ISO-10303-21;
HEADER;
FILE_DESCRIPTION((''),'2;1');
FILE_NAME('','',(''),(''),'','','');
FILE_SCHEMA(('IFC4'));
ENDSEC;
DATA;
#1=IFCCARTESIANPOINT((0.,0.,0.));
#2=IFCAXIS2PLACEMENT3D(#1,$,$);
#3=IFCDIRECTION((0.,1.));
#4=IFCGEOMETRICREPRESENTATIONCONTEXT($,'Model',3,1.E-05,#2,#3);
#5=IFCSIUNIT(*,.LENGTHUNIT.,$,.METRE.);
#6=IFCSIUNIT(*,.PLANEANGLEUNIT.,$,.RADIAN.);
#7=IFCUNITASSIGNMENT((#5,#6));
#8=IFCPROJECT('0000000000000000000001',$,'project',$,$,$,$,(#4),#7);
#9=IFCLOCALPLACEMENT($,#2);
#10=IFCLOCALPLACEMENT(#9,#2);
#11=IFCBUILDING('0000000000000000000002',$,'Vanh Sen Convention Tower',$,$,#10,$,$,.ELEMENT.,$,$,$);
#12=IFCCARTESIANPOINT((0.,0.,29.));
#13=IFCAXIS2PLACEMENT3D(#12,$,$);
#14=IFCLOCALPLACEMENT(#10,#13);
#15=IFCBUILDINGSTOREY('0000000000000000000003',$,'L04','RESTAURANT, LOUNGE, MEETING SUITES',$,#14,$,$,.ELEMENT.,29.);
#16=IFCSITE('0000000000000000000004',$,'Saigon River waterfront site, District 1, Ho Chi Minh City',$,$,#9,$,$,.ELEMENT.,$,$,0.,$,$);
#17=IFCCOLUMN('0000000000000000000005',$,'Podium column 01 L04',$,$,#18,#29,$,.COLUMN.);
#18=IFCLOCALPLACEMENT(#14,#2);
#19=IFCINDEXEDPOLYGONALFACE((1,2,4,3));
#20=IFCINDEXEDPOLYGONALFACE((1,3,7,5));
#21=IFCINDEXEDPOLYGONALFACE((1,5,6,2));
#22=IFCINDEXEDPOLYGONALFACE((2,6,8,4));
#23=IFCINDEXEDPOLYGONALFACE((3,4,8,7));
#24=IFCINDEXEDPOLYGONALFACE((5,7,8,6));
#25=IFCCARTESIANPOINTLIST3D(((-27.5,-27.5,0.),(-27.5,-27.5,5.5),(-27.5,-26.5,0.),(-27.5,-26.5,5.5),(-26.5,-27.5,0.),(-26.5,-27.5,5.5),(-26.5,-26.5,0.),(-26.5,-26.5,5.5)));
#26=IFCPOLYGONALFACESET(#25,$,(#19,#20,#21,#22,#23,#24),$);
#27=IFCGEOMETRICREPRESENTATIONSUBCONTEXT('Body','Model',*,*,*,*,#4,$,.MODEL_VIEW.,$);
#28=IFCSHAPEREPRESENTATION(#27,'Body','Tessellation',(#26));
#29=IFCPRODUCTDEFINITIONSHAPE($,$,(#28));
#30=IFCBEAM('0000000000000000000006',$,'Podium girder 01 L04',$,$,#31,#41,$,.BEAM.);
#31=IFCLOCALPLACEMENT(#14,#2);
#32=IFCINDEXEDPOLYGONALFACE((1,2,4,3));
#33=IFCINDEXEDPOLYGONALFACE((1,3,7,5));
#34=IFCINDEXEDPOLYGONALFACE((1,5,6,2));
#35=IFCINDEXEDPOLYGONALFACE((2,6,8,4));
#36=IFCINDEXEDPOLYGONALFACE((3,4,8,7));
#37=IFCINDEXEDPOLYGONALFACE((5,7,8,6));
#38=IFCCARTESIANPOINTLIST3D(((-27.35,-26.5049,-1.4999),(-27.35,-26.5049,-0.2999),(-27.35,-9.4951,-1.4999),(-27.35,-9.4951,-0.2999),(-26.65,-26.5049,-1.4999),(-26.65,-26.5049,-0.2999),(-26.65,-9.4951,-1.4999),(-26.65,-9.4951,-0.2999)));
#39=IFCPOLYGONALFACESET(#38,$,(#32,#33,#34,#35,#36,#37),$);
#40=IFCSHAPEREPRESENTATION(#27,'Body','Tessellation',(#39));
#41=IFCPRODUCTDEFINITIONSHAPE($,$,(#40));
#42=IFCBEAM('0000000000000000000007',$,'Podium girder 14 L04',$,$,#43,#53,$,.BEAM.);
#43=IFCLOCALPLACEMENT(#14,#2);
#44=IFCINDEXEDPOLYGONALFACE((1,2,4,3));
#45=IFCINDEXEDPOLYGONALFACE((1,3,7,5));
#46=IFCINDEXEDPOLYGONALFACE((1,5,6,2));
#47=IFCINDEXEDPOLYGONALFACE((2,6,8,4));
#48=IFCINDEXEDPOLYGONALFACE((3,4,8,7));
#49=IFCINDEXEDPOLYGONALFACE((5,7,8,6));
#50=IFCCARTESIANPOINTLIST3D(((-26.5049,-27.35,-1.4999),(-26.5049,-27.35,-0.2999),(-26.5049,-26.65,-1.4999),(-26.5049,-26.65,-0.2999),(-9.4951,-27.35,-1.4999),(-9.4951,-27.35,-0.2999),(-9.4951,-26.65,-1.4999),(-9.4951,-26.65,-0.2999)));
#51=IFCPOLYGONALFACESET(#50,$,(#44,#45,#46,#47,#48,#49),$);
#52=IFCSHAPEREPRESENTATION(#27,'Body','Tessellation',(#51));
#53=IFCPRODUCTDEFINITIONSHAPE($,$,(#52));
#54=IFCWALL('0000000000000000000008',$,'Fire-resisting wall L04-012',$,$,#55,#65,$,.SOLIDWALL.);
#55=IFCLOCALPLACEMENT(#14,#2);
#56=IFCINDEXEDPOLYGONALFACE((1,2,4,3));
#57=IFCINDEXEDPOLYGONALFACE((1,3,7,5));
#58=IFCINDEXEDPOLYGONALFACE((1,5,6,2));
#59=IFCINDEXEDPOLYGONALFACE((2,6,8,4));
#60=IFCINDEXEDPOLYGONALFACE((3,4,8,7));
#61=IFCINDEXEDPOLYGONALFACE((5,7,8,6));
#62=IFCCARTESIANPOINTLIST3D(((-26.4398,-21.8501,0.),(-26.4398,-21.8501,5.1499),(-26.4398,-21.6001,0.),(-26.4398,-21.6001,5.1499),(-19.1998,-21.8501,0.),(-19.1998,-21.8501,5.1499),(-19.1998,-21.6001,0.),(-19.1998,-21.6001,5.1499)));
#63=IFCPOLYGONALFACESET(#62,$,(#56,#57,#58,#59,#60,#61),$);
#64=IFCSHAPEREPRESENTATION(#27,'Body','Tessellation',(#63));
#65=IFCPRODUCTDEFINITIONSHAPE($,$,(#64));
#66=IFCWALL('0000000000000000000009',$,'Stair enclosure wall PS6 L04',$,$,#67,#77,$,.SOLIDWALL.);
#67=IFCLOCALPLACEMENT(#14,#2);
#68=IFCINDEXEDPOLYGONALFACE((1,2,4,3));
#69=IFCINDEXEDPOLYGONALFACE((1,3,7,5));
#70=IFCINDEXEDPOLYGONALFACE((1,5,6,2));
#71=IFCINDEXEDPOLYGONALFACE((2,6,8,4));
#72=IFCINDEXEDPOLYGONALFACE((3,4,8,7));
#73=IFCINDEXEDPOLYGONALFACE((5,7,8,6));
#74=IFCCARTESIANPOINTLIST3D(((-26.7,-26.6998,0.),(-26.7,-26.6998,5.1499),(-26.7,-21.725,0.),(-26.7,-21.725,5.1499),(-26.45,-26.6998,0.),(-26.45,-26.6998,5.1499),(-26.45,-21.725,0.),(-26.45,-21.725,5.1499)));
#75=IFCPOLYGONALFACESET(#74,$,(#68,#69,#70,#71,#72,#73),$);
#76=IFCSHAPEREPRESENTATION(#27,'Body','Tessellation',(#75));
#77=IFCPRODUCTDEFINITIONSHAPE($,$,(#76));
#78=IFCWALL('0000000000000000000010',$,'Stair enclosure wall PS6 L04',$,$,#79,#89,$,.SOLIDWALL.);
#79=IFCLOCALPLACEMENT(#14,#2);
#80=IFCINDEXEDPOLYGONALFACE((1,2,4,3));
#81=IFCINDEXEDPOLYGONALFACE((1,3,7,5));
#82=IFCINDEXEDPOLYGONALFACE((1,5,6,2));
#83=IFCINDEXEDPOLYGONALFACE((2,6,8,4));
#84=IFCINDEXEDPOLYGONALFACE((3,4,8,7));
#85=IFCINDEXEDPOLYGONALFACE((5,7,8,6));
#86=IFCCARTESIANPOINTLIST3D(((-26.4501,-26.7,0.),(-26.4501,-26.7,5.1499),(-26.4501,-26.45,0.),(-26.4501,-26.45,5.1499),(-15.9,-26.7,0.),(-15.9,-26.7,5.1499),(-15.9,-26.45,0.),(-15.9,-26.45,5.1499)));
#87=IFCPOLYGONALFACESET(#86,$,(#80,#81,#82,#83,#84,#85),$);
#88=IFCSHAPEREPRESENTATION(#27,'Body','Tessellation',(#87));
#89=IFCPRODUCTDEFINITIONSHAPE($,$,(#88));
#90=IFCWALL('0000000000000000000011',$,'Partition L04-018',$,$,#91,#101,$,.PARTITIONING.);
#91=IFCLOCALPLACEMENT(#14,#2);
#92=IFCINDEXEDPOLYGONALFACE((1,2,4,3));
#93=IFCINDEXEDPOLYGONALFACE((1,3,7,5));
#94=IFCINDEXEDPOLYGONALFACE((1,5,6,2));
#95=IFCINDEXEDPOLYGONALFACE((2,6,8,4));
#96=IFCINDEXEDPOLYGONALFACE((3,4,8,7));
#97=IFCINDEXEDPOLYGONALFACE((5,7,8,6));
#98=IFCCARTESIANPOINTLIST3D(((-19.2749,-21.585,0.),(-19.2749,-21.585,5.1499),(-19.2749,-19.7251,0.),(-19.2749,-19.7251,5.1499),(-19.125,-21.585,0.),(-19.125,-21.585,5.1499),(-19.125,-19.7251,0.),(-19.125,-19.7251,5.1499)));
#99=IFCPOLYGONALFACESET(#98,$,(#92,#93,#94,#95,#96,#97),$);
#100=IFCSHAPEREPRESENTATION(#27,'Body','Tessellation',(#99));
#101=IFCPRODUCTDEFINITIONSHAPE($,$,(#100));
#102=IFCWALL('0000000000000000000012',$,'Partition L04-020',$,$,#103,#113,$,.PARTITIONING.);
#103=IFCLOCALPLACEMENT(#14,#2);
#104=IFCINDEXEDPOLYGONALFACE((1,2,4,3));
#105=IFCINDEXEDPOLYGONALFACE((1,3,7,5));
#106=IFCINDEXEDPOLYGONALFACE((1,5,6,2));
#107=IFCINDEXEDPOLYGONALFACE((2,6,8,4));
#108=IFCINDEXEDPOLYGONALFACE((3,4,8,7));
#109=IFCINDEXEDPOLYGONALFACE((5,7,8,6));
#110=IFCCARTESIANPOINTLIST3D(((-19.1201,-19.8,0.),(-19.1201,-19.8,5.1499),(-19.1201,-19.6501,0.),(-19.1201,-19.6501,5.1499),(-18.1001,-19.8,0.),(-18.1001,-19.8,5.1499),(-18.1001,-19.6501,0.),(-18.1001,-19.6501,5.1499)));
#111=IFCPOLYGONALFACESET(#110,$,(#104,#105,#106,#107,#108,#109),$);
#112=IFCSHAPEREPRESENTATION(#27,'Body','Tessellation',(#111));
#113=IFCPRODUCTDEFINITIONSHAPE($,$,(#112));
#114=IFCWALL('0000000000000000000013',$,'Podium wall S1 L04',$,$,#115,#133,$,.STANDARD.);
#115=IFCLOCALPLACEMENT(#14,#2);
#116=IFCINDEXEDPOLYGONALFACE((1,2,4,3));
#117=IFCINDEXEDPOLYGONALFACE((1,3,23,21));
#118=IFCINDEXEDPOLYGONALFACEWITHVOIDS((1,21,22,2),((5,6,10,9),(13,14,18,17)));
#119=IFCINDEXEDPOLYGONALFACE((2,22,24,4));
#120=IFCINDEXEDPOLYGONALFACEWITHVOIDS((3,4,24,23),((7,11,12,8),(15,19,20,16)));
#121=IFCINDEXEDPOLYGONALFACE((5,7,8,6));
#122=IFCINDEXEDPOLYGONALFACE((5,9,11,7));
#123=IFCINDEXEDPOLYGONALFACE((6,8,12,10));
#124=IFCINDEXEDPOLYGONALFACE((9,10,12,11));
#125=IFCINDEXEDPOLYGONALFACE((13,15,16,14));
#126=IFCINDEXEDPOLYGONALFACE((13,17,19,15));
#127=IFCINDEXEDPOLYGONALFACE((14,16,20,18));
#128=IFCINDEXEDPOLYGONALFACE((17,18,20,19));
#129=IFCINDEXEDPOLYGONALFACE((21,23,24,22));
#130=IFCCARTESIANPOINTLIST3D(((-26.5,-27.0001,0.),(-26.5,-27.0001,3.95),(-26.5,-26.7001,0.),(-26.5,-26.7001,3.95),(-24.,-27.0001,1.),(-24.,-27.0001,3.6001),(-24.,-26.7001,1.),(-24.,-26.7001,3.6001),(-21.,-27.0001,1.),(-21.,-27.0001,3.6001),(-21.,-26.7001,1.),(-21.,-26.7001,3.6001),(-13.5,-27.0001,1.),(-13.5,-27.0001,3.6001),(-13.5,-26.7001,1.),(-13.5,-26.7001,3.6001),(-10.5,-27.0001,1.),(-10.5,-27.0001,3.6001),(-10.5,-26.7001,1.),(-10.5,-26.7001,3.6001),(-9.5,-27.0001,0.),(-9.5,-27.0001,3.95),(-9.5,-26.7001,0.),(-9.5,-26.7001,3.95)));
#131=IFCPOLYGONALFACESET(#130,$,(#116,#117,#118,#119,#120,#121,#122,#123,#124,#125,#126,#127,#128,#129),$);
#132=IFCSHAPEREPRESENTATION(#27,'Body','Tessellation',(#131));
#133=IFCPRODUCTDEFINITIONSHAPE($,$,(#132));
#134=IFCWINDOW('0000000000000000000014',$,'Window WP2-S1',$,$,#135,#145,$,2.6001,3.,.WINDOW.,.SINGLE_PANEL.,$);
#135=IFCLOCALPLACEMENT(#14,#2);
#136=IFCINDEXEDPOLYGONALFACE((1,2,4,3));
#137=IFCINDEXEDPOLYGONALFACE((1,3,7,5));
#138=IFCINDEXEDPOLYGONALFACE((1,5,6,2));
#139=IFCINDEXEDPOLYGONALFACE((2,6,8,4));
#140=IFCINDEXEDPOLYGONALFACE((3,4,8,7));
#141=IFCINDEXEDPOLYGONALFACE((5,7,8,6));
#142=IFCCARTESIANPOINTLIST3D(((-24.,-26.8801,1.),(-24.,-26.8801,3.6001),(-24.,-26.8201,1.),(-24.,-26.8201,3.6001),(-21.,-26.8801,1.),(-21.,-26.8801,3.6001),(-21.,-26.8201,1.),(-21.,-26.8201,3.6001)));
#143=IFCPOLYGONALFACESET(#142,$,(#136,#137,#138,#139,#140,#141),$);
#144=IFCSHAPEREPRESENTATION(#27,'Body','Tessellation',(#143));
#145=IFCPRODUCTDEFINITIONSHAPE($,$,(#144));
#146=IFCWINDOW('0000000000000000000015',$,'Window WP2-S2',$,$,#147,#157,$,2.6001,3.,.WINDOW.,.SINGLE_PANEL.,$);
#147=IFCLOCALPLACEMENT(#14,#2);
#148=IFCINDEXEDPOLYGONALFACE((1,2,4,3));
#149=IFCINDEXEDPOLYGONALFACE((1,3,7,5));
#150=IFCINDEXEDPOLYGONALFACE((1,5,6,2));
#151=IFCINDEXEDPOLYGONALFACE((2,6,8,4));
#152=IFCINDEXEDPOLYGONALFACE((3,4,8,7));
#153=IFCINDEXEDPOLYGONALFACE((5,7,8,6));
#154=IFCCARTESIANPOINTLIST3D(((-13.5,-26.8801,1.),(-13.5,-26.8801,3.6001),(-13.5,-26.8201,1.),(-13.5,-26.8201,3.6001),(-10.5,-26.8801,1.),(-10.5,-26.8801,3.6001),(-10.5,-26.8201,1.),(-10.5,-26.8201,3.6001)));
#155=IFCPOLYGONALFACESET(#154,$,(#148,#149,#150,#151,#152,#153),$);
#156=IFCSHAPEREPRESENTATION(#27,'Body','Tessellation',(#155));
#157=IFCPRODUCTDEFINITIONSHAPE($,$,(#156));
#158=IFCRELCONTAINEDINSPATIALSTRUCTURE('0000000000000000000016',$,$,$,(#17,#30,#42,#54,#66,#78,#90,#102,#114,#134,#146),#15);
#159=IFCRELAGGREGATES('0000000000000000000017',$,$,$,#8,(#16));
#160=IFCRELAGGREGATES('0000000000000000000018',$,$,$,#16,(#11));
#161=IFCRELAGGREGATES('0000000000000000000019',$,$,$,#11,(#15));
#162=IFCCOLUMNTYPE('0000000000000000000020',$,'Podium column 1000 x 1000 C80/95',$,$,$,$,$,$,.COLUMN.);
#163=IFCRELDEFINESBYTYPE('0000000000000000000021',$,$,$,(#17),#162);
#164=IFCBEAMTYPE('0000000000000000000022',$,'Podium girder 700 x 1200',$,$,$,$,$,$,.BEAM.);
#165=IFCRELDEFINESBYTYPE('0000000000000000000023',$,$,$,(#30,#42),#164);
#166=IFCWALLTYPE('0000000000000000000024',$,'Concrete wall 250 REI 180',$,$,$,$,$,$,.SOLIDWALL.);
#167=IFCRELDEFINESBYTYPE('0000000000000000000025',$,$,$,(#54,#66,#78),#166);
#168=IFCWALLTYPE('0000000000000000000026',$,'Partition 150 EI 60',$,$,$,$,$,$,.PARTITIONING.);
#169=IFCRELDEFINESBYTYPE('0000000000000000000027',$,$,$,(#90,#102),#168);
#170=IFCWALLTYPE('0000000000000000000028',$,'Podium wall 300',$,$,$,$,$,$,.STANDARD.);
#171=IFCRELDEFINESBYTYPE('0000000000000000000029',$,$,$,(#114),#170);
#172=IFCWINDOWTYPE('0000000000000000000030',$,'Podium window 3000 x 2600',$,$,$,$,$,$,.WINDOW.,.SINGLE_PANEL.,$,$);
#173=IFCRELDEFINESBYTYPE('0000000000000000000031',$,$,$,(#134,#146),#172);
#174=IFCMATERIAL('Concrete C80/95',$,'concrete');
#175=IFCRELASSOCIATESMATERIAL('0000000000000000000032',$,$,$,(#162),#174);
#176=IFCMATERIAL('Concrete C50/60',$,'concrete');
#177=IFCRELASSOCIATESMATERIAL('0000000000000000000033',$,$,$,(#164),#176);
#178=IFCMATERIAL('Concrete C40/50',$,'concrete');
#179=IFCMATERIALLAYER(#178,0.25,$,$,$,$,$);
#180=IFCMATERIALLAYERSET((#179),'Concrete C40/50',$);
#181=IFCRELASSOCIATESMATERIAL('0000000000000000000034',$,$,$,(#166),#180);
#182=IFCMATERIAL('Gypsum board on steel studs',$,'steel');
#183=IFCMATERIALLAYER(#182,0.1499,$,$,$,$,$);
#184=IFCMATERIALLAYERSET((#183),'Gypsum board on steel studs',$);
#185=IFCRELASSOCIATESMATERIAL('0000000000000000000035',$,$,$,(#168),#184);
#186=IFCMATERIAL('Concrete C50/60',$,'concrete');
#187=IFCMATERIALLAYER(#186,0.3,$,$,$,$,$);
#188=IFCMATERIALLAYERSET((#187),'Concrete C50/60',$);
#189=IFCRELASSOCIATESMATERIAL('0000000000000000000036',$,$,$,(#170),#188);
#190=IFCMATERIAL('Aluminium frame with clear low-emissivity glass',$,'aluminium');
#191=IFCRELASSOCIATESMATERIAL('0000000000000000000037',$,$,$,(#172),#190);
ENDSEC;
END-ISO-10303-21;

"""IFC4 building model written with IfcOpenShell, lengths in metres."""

from ifc_helpers import new_model, si_unit, direction, frame, frame_2d, origin, origin_2d, place, context, subcontext, project, spatial, rectangle, extrude, material, layer, layer_set, material_profile, profile_set, type_object, element, fill, save


model = new_model("IFC4")

# Units and contexts
model_context = context("Model", 3, precision=1e-05, world=origin(), true_north=direction((0.0, 1.0)))
body_context = subcontext(model_context, "Body", "Model", "MODEL_VIEW")
ifc_project = project(units=[si_unit("LENGTHUNIT", "METRE"), si_unit("PLANEANGLEUNIT", "RADIAN")], contexts=[model_context])

# Site, building, storey
site_placement = place(None, origin())
site = spatial("IfcSite", under=ifc_project, at=site_placement, Name="Saigon River waterfront site, District 1, Ho Chi Minh City", CompositionType="ELEMENT", RefElevation=0.0)
building_placement = place(site_placement, origin())
building = spatial("IfcBuilding", under=site, at=building_placement, Name="Vanh Sen Convention Tower", CompositionType="ELEMENT")
storey_placement = place(building_placement, frame((0.0, 0.0, 29.0)))
storey = spatial("IfcBuildingStorey", under=building, at=storey_placement, Name="L04", Description="RESTAURANT, LOUNGE, MEETING SUITES", CompositionType="ELEMENT", Elevation=29.0)

# Column
ifc_material_1 = material(Name="Concrete C80/95", Category="concrete")
ifc_material_profile_1 = material_profile(ifc_material_1, rectangle(XDim=1.0, YDim=1.0, at=origin_2d()), Name="RC 1000X1000")
ifc_profile_set_1 = profile_set([ifc_material_profile_1], Name="Concrete C80/95")
column_type = type_object("IfcColumnType", Name="Podium column 1000 x 1000 C80/95", PredefinedType="COLUMN", material=ifc_profile_set_1)
column_placement = place(storey_placement, frame((-27.0, -27.0, 0.0), z_axis=(0.0, 0.0, 1.0), x_axis=(1.0, 0.0, 0.0)))
element("IfcColumn", 1, at=column_placement, inside=storey, type_object=column_type, Name="Podium column 01 L04", PredefinedType="COLUMN", context=body_context, shape_type="SweptSolid", body=[
    extrude(rectangle(XDim=1.0, YDim=1.0, at=origin_2d()), origin(), (0.0, 0.0, 1.0), 5.5),
])

# Beams
ifc_material_2 = material(Name="Concrete C50/60", Category="concrete")
ifc_material_profile_2 = material_profile(ifc_material_2, rectangle(XDim=0.7, YDim=1.2, at=origin_2d()), Name="RC 700X1200")
ifc_profile_set_2 = profile_set([ifc_material_profile_2], Name="Concrete C50/60")
beam_type = type_object("IfcBeamType", Name="Podium girder 700 x 1200", PredefinedType="BEAM", material=ifc_profile_set_2)
for number, where, z_axis, x_axis, name in (
    (2, (-27.0, -26.5049, -0.8999), (0.0, 1.0, 0.0), (-1.0, 0.0, 0.0), "Podium girder 01 L04"),
    (3, (-26.5049, -27.0, -0.8999), (1.0, 0.0, 0.0), (0.0, 1.0, 0.0), "Podium girder 14 L04"),
):
    element("IfcBeam", number, at=place(storey_placement, frame(where, z_axis=z_axis, x_axis=x_axis)), inside=storey, type_object=beam_type, Name=name, PredefinedType="BEAM", context=body_context, shape_type="SweptSolid", body=[
        extrude(rectangle(XDim=0.7, YDim=1.2, at=origin_2d()), origin(), (0.0, 0.0, 1.0), 17.0098),
    ])

# Wall
ifc_material_3 = material(Name="Concrete C40/50", Category="concrete")
ifc_layer_1 = layer(ifc_material_3, 0.25)
ifc_layer_set_1 = layer_set([ifc_layer_1], Name="Concrete C40/50")
wall_type_1 = type_object("IfcWallType", Name="Concrete wall 250 REI 180", PredefinedType="SOLIDWALL", material=ifc_layer_set_1)
wall_1_placement = place(storey_placement, frame((-26.4399, -21.7251, 0.0), z_axis=(0.0, 0.0, 1.0), x_axis=(1.0, 0.0, 0.0)))
element("IfcWall", 4, at=wall_1_placement, inside=storey, type_object=wall_type_1, Name="Fire-resisting wall L04-012", PredefinedType="SOLIDWALL", context=body_context, shape_type="SweptSolid", body=[
    extrude(rectangle(XDim=7.24, YDim=0.25, at=frame_2d((3.6201, 0.0))), origin(), (0.0, 0.0, 1.0), 5.1499),
])

# Walls
wall_2_placement = place(storey_placement, frame((-26.575, -21.7251, 0.0), z_axis=(0.0, 0.0, 1.0), x_axis=(0.0, -1.0, 0.0)))
element("IfcWall", 5, at=wall_2_placement, inside=storey, type_object=wall_type_1, Name="Stair enclosure wall PS6 L04", PredefinedType="SOLIDWALL", context=body_context, shape_type="SweptSolid", body=[
    extrude(rectangle(XDim=4.9749, YDim=0.25, at=frame_2d((2.4873, 0.0))), origin(), (0.0, 0.0, 1.0), 5.1499),
])
wall_3_placement = place(storey_placement, frame((-26.45, -26.575, 0.0), z_axis=(0.0, 0.0, 1.0), x_axis=(1.0, 0.0, 0.0)))
element("IfcWall", 6, at=wall_3_placement, inside=storey, type_object=wall_type_1, Name="Stair enclosure wall PS6 L04", PredefinedType="SOLIDWALL", context=body_context, shape_type="SweptSolid", body=[
    extrude(rectangle(XDim=10.55, YDim=0.25, at=frame_2d((5.2749, 0.0))), origin(), (0.0, 0.0, 1.0), 5.1499),
])
ifc_material_4 = material(Name="Gypsum board on steel studs", Category="steel")
ifc_layer_2 = layer(ifc_material_4, 0.1499)
ifc_layer_set_2 = layer_set([ifc_layer_2], Name="Gypsum board on steel studs")
wall_type_2 = type_object("IfcWallType", Name="Partition 150 EI 60", PredefinedType="PARTITIONING", material=ifc_layer_set_2)
wall_4_placement = place(storey_placement, frame((-19.2, -21.585, 0.0), z_axis=(0.0, 0.0, 1.0), x_axis=(0.0, 1.0, 0.0)))
element("IfcWall", 7, at=wall_4_placement, inside=storey, type_object=wall_type_2, Name="Partition L04-018", PredefinedType="PARTITIONING", context=body_context, shape_type="SweptSolid", body=[
    extrude(rectangle(XDim=1.8599, YDim=0.1499, at=frame_2d((0.9299, 0.0))), origin(), (0.0, 0.0, 1.0), 5.1499),
])
wall_5_placement = place(storey_placement, frame((-19.1201, -19.7251, 0.0), z_axis=(0.0, 0.0, 1.0), x_axis=(1.0, 0.0, 0.0)))
element("IfcWall", 8, at=wall_5_placement, inside=storey, type_object=wall_type_2, Name="Partition L04-020", PredefinedType="PARTITIONING", context=body_context, shape_type="SweptSolid", body=[
    extrude(rectangle(XDim=1.02, YDim=0.1499, at=frame_2d((0.51, 0.0))), origin(), (0.0, 0.0, 1.0), 5.1499),
])

# Wall, openings, windows
ifc_material_5 = material(Name="Concrete C50/60", Category="concrete")
ifc_layer_3 = layer(ifc_material_5, 0.3)
ifc_layer_set_3 = layer_set([ifc_layer_3], Name="Concrete C50/60")
wall_type_3 = type_object("IfcWallType", Name="Podium wall 300", PredefinedType="STANDARD", material=ifc_layer_set_3)
wall_6_placement = place(storey_placement, frame((-26.5, -26.8501, 0.0), z_axis=(0.0, 0.0, 1.0), x_axis=(1.0, 0.0, 0.0)))
wall_6 = element("IfcWall", 9, at=wall_6_placement, inside=storey, type_object=wall_type_3, Name="Podium wall S1 L04", PredefinedType="STANDARD", context=body_context, shape_type="SweptSolid", body=[
    extrude(rectangle(XDim=17.0, YDim=0.3, at=frame_2d((8.5, 0.0))), origin(), (0.0, 0.0, 1.0), 3.95),
])
opening_1_placement = place(wall_6_placement, frame((2.5, 0.0, 1.0)))
opening_1 = element("IfcOpeningElement", 10, at=opening_1_placement, cuts=wall_6, PredefinedType="OPENING", context=body_context, shape_type="SweptSolid", body=[
    extrude(rectangle(XDim=3.0, YDim=2.6001, at=frame_2d((1.5, 1.3))), frame((0.0, 0.1599, 0.0), z_axis=(0.0, -1.0, 0.0), x_axis=(1.0, 0.0, 0.0)), (0.0, 0.0, 1.0), 0.3201),
])
opening_2_placement = place(wall_6_placement, frame((13.0, 0.0, 1.0)))
opening_2 = element("IfcOpeningElement", 11, at=opening_2_placement, cuts=wall_6, PredefinedType="OPENING", context=body_context, shape_type="SweptSolid", body=[
    extrude(rectangle(XDim=3.0, YDim=2.6001, at=frame_2d((1.5, 1.3))), frame((0.0, 0.1599, 0.0), z_axis=(0.0, -1.0, 0.0), x_axis=(1.0, 0.0, 0.0)), (0.0, 0.0, 1.0), 0.3201),
])
ifc_material_6 = material(Name="Aluminium frame with clear low-emissivity glass", Category="aluminium")
window_type = type_object("IfcWindowType", Name="Podium window 3000 x 2600", PartitioningType="SINGLE_PANEL", PredefinedType="WINDOW", material=ifc_material_6)
window_1_placement = place(opening_1_placement, origin())
window_1 = element("IfcWindow", 12, at=window_1_placement, inside=storey, type_object=window_type, Name="Window WP2-S1", OverallHeight=2.6001, OverallWidth=3.0, PartitioningType="SINGLE_PANEL", PredefinedType="WINDOW", context=body_context, shape_type="SweptSolid", body=[
    extrude(rectangle(XDim=3.0, YDim=2.6001, at=frame_2d((1.5, 1.3))), frame((0.0, 0.03, 0.0), z_axis=(0.0, -1.0, 0.0), x_axis=(1.0, 0.0, 0.0)), (0.0, 0.0, 1.0), 0.0601),
])
fill(opening_1, window_1)
window_2_placement = place(opening_2_placement, origin())
window_2 = element("IfcWindow", 13, at=window_2_placement, inside=storey, type_object=window_type, Name="Window WP2-S2", OverallHeight=2.6001, OverallWidth=3.0, PartitioningType="SINGLE_PANEL", PredefinedType="WINDOW", context=body_context, shape_type="SweptSolid", body=[
    extrude(rectangle(XDim=3.0, YDim=2.6001, at=frame_2d((1.5, 1.3))), frame((0.0, 0.03, 0.0), z_axis=(0.0, -1.0, 0.0), x_axis=(1.0, 0.0, 0.0)), (0.0, 0.0, 1.0), 0.0601),
])
fill(opening_2, window_2)

save(model, "model.ifc")
